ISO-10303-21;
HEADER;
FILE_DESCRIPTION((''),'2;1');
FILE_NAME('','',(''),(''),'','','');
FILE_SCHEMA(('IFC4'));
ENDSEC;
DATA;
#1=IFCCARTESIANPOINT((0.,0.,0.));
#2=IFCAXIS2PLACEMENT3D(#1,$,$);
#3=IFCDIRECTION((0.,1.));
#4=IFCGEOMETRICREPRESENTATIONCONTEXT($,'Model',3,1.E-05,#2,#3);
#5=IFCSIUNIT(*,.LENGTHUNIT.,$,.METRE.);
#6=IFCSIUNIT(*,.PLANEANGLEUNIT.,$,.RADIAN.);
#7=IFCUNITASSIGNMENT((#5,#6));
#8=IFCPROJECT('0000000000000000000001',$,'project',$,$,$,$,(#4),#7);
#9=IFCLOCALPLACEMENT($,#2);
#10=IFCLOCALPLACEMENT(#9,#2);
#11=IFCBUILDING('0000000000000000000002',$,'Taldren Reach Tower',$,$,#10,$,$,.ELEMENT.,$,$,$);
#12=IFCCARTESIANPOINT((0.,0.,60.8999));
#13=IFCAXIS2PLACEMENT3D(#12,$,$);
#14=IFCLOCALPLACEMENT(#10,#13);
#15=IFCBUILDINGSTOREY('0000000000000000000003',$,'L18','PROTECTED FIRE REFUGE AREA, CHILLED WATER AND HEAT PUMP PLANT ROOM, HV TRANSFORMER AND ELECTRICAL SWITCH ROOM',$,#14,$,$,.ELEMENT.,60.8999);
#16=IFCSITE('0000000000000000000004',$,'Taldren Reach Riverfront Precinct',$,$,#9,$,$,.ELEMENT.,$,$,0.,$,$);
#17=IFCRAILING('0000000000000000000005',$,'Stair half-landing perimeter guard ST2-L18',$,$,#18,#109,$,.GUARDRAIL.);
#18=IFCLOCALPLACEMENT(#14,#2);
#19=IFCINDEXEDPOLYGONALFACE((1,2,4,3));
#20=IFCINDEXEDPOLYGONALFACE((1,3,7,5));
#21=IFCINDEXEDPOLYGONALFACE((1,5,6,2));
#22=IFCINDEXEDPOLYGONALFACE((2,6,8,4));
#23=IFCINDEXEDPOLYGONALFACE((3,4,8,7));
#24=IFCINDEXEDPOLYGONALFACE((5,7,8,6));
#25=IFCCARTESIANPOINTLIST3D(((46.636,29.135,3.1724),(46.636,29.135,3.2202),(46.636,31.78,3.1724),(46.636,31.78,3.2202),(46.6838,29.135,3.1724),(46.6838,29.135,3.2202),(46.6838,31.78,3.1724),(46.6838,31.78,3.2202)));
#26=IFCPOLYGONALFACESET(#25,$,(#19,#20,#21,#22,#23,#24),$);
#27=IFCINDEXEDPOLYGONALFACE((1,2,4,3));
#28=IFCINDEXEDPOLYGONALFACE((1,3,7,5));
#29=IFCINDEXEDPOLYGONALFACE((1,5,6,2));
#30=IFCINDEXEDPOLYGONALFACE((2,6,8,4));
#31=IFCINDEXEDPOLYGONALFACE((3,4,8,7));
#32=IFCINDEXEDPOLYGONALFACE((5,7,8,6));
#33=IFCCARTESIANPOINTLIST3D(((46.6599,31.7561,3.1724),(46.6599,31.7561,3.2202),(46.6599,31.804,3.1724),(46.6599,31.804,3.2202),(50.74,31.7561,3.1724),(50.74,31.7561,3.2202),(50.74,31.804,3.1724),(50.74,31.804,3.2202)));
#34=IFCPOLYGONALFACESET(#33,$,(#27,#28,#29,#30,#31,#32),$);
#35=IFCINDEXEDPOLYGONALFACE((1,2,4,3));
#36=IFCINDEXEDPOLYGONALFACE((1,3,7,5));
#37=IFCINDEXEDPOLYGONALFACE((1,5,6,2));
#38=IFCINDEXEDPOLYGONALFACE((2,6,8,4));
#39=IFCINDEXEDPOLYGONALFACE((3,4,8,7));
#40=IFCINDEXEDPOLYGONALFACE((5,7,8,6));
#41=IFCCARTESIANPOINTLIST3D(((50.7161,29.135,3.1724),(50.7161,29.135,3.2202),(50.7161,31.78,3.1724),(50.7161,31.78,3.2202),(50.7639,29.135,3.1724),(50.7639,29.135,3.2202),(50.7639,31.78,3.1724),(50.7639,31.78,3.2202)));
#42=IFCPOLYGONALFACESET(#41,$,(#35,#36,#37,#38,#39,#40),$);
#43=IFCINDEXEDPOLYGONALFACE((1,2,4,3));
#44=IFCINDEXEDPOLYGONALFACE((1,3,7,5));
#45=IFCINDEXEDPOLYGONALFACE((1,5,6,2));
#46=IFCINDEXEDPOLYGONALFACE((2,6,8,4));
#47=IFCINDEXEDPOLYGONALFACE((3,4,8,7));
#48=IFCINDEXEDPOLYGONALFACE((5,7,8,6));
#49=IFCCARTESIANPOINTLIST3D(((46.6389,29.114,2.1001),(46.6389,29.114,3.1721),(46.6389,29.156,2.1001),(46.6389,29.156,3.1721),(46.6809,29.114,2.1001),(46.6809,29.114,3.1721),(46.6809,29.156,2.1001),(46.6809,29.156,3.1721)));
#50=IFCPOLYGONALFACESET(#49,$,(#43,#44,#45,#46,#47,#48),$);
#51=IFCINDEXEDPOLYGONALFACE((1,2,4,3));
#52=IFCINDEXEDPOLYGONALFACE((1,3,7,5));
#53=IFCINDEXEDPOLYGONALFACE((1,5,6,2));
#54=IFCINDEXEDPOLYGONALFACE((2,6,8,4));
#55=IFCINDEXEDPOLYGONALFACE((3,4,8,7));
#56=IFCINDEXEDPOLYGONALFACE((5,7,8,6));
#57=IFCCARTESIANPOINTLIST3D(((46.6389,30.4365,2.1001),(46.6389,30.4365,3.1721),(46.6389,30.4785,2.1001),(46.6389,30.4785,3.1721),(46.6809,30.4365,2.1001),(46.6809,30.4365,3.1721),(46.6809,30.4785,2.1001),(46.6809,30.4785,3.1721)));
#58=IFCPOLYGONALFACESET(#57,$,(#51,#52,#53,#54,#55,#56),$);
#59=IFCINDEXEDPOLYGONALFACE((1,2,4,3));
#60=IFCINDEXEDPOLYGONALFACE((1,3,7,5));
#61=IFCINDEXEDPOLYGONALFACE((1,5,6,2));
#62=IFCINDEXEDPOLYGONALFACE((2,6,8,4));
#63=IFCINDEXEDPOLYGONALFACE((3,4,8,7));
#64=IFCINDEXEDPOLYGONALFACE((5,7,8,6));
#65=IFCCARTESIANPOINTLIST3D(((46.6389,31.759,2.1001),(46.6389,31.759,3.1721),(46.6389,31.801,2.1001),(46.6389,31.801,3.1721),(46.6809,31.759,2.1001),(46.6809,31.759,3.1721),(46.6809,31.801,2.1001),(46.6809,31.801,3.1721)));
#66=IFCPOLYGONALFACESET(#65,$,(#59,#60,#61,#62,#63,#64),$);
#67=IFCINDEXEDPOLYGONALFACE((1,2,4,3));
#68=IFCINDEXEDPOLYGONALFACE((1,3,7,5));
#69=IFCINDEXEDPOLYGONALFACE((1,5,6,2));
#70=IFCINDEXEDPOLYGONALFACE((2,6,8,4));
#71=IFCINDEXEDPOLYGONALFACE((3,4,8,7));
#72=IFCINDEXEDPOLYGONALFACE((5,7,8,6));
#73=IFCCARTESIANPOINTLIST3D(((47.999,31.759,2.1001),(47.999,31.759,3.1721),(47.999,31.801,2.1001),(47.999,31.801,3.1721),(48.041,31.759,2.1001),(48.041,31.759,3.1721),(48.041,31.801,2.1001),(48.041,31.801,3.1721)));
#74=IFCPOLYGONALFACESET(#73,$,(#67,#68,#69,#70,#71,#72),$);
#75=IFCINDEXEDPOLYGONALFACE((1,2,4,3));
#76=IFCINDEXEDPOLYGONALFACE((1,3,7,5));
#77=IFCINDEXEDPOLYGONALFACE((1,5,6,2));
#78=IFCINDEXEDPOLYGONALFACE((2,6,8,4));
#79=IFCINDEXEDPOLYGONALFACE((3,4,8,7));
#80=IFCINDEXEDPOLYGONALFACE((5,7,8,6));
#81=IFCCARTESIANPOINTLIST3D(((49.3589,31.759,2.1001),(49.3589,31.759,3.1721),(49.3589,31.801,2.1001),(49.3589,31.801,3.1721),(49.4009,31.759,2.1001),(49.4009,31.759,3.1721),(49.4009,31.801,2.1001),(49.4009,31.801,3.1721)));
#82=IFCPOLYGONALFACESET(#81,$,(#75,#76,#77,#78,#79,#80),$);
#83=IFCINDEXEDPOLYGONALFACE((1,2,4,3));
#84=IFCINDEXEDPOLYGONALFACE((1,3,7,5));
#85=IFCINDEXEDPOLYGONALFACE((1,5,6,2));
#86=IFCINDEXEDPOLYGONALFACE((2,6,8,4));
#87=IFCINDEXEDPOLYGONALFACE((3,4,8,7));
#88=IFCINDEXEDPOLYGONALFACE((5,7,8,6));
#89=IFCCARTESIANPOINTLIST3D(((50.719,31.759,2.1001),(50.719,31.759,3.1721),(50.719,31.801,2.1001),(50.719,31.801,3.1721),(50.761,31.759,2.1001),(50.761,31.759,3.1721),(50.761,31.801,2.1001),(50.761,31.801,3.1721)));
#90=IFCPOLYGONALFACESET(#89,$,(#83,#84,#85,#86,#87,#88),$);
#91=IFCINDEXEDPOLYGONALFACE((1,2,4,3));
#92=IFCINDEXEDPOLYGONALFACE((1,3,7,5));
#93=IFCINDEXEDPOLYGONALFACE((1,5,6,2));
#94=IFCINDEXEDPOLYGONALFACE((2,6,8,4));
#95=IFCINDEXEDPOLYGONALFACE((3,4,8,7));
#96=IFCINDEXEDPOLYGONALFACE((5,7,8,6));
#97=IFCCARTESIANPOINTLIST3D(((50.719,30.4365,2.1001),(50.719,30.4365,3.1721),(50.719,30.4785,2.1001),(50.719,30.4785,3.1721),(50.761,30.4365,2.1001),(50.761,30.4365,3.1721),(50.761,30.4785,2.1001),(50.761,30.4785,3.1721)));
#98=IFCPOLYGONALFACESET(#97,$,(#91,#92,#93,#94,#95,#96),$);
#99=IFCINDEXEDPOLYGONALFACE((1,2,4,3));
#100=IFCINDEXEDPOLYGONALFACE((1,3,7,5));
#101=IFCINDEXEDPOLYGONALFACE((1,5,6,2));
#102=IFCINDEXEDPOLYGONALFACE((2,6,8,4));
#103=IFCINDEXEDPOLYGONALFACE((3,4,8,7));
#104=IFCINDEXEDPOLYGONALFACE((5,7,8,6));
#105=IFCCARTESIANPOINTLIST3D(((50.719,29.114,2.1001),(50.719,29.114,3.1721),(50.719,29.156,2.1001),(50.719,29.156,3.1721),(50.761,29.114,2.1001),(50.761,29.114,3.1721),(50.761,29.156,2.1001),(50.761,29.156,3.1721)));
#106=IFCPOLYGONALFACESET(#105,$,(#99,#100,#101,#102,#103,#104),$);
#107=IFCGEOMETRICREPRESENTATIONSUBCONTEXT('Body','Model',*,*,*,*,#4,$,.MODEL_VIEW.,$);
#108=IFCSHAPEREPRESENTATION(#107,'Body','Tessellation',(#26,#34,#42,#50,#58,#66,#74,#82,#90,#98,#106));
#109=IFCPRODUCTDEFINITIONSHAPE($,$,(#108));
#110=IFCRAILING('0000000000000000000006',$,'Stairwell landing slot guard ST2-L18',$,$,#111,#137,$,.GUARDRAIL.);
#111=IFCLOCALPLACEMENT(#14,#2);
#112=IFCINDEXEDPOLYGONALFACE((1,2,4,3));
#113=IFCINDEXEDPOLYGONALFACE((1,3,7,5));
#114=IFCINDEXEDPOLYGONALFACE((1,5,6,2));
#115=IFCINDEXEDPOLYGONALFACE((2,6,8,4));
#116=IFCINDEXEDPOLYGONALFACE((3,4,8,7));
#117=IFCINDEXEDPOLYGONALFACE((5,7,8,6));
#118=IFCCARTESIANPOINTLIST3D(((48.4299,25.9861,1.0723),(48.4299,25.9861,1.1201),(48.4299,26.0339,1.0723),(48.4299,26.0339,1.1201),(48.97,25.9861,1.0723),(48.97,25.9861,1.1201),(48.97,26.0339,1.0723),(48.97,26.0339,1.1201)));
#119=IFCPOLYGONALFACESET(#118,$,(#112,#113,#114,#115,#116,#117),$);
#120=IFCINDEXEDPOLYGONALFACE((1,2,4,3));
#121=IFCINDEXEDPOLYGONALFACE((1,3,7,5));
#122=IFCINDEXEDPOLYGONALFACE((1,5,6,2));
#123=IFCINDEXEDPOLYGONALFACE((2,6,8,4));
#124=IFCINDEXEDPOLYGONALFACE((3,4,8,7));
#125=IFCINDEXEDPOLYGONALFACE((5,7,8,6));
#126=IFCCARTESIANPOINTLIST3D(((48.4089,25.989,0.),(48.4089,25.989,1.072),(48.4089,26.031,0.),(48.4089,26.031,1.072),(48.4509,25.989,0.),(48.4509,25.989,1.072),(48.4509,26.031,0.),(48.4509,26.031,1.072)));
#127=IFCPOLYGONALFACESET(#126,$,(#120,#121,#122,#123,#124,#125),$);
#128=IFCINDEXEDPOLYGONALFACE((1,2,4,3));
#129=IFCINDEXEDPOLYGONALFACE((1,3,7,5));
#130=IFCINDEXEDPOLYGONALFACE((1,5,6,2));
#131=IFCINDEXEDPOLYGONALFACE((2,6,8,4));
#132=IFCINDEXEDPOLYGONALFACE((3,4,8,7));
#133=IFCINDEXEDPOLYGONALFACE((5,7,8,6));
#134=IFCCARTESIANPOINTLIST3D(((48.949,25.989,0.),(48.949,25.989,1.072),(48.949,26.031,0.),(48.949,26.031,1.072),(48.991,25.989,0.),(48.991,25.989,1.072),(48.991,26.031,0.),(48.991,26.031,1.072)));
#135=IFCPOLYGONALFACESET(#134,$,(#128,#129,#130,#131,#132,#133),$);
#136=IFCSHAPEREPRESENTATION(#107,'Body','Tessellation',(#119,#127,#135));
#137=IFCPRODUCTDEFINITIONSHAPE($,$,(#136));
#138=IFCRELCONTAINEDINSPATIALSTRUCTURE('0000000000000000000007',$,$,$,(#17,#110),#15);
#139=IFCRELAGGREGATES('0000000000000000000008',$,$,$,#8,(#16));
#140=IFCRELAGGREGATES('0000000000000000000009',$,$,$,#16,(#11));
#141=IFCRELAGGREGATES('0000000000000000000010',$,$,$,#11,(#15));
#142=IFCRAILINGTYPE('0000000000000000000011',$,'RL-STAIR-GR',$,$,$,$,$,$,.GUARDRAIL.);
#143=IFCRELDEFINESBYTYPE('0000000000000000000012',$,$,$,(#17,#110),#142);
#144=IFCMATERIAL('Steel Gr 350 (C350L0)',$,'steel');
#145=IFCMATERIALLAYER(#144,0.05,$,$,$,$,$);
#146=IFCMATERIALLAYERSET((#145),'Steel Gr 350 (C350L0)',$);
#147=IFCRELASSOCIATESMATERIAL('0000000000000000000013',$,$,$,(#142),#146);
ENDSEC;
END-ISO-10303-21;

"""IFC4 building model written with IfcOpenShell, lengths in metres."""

from ifc_helpers import new_model, si_unit, direction, frame, origin, origin_2d, place, context, subcontext, project, spatial, rectangle, extrude, material, layer, layer_set, type_object, element, save


model = new_model("IFC4")

# Units and contexts
model_context = context("Model", 3, precision=1e-05, world=origin(), true_north=direction((0.0, 1.0)))
body_context = subcontext(model_context, "Body", "Model", "MODEL_VIEW")
ifc_project = project(units=[si_unit("LENGTHUNIT", "METRE"), si_unit("PLANEANGLEUNIT", "RADIAN")], contexts=[model_context])

# Site, building, storey
site_placement = place(None, origin())
site = spatial("IfcSite", under=ifc_project, at=site_placement, Name="Taldren Reach Riverfront Precinct", CompositionType="ELEMENT", RefElevation=0.0)
building_placement = place(site_placement, origin())
building = spatial("IfcBuilding", under=site, at=building_placement, Name="Taldren Reach Tower", CompositionType="ELEMENT")
storey_placement = place(building_placement, frame((0.0, 0.0, 60.8999)))
storey = spatial("IfcBuildingStorey", under=building, at=storey_placement, Name="L18", Description="PROTECTED FIRE REFUGE AREA, CHILLED WATER AND HEAT PUMP PLANT ROOM, HV TRANSFORMER AND ELECTRICAL SWITCH ROOM", CompositionType="ELEMENT", Elevation=60.8999)

# Shared definitions
ifc_material_1 = material(Name="Steel Gr 350 (C350L0)", Category="steel")

# Railings
ifc_layer_1 = layer(ifc_material_1, 0.05)
ifc_layer_set_1 = layer_set([ifc_layer_1], Name="Steel Gr 350 (C350L0)")
railing_type_1 = type_object("IfcRailingType", Name="RL-STAIR-GR", PredefinedType="GUARDRAIL", material=ifc_layer_set_1)
railing_1_placement = place(storey_placement, frame((46.6599, 29.135, 2.1001)))
element("IfcRailing", 1, at=railing_1_placement, inside=storey, type_object=railing_type_1, Name="Stair half-landing perimeter guard ST2-L18", PredefinedType="GUARDRAIL", context=body_context, shape_type="SweptSolid", body=[
    extrude(rectangle(XDim=0.0479, YDim=0.0479, at=origin_2d()), frame((0.0, 0.0, 1.0962), z_axis=(0.0, 1.0, 0.0), x_axis=(-1.0, 0.0, 0.0)), (0.0, 0.0, 1.0), 2.645),
    extrude(rectangle(XDim=0.0479, YDim=0.0479, at=origin_2d()), frame((0.0, 2.645, 1.0962), z_axis=(1.0, 0.0, 0.0), x_axis=(0.0, 1.0, 0.0)), (0.0, 0.0, 1.0), 4.0801),
    extrude(rectangle(XDim=0.0479, YDim=0.0479, at=origin_2d()), frame((4.0801, 2.645, 1.0962), z_axis=(0.0, -1.0, 0.0), x_axis=(1.0, 0.0, 0.0)), (0.0, 0.0, 1.0), 2.645),
    extrude(rectangle(XDim=0.042, YDim=0.042, at=origin_2d()), origin(), (0.0, 0.0, 1.0), 1.072),
    extrude(rectangle(XDim=0.042, YDim=0.042, at=origin_2d()), frame((0.0, 1.3225, 0.0)), (0.0, 0.0, 1.0), 1.072),
    extrude(rectangle(XDim=0.042, YDim=0.042, at=origin_2d()), frame((0.0, 2.645, 0.0)), (0.0, 0.0, 1.0), 1.072),
    extrude(rectangle(XDim=0.042, YDim=0.042, at=origin_2d()), frame((1.3601, 2.645, 0.0)), (0.0, 0.0, 1.0), 1.072),
    extrude(rectangle(XDim=0.042, YDim=0.042, at=origin_2d()), frame((2.72, 2.645, 0.0)), (0.0, 0.0, 1.0), 1.072),
    extrude(rectangle(XDim=0.042, YDim=0.042, at=origin_2d()), frame((4.0801, 2.645, 0.0)), (0.0, 0.0, 1.0), 1.072),
    extrude(rectangle(XDim=0.042, YDim=0.042, at=origin_2d()), frame((4.0801, 1.3225, 0.0)), (0.0, 0.0, 1.0), 1.072),
    extrude(rectangle(XDim=0.042, YDim=0.042, at=origin_2d()), frame((4.0801, 0.0, 0.0)), (0.0, 0.0, 1.0), 1.072),
])
railing_2_placement = place(storey_placement, frame((48.4299, 26.01, 0.0)))
element("IfcRailing", 2, at=railing_2_placement, inside=storey, type_object=railing_type_1, Name="Stairwell landing slot guard ST2-L18", PredefinedType="GUARDRAIL", context=body_context, shape_type="SweptSolid", body=[
    extrude(rectangle(XDim=0.0479, YDim=0.0479, at=origin_2d()), frame((0.0, 0.0, 1.0962), z_axis=(1.0, 0.0, 0.0), x_axis=(0.0, 1.0, 0.0)), (0.0, 0.0, 1.0), 0.54),
    extrude(rectangle(XDim=0.042, YDim=0.042, at=origin_2d()), origin(), (0.0, 0.0, 1.0), 1.072),
    extrude(rectangle(XDim=0.042, YDim=0.042, at=origin_2d()), frame((0.54, 0.0, 0.0)), (0.0, 0.0, 1.0), 1.072),
])

save(model, "model.ifc")
